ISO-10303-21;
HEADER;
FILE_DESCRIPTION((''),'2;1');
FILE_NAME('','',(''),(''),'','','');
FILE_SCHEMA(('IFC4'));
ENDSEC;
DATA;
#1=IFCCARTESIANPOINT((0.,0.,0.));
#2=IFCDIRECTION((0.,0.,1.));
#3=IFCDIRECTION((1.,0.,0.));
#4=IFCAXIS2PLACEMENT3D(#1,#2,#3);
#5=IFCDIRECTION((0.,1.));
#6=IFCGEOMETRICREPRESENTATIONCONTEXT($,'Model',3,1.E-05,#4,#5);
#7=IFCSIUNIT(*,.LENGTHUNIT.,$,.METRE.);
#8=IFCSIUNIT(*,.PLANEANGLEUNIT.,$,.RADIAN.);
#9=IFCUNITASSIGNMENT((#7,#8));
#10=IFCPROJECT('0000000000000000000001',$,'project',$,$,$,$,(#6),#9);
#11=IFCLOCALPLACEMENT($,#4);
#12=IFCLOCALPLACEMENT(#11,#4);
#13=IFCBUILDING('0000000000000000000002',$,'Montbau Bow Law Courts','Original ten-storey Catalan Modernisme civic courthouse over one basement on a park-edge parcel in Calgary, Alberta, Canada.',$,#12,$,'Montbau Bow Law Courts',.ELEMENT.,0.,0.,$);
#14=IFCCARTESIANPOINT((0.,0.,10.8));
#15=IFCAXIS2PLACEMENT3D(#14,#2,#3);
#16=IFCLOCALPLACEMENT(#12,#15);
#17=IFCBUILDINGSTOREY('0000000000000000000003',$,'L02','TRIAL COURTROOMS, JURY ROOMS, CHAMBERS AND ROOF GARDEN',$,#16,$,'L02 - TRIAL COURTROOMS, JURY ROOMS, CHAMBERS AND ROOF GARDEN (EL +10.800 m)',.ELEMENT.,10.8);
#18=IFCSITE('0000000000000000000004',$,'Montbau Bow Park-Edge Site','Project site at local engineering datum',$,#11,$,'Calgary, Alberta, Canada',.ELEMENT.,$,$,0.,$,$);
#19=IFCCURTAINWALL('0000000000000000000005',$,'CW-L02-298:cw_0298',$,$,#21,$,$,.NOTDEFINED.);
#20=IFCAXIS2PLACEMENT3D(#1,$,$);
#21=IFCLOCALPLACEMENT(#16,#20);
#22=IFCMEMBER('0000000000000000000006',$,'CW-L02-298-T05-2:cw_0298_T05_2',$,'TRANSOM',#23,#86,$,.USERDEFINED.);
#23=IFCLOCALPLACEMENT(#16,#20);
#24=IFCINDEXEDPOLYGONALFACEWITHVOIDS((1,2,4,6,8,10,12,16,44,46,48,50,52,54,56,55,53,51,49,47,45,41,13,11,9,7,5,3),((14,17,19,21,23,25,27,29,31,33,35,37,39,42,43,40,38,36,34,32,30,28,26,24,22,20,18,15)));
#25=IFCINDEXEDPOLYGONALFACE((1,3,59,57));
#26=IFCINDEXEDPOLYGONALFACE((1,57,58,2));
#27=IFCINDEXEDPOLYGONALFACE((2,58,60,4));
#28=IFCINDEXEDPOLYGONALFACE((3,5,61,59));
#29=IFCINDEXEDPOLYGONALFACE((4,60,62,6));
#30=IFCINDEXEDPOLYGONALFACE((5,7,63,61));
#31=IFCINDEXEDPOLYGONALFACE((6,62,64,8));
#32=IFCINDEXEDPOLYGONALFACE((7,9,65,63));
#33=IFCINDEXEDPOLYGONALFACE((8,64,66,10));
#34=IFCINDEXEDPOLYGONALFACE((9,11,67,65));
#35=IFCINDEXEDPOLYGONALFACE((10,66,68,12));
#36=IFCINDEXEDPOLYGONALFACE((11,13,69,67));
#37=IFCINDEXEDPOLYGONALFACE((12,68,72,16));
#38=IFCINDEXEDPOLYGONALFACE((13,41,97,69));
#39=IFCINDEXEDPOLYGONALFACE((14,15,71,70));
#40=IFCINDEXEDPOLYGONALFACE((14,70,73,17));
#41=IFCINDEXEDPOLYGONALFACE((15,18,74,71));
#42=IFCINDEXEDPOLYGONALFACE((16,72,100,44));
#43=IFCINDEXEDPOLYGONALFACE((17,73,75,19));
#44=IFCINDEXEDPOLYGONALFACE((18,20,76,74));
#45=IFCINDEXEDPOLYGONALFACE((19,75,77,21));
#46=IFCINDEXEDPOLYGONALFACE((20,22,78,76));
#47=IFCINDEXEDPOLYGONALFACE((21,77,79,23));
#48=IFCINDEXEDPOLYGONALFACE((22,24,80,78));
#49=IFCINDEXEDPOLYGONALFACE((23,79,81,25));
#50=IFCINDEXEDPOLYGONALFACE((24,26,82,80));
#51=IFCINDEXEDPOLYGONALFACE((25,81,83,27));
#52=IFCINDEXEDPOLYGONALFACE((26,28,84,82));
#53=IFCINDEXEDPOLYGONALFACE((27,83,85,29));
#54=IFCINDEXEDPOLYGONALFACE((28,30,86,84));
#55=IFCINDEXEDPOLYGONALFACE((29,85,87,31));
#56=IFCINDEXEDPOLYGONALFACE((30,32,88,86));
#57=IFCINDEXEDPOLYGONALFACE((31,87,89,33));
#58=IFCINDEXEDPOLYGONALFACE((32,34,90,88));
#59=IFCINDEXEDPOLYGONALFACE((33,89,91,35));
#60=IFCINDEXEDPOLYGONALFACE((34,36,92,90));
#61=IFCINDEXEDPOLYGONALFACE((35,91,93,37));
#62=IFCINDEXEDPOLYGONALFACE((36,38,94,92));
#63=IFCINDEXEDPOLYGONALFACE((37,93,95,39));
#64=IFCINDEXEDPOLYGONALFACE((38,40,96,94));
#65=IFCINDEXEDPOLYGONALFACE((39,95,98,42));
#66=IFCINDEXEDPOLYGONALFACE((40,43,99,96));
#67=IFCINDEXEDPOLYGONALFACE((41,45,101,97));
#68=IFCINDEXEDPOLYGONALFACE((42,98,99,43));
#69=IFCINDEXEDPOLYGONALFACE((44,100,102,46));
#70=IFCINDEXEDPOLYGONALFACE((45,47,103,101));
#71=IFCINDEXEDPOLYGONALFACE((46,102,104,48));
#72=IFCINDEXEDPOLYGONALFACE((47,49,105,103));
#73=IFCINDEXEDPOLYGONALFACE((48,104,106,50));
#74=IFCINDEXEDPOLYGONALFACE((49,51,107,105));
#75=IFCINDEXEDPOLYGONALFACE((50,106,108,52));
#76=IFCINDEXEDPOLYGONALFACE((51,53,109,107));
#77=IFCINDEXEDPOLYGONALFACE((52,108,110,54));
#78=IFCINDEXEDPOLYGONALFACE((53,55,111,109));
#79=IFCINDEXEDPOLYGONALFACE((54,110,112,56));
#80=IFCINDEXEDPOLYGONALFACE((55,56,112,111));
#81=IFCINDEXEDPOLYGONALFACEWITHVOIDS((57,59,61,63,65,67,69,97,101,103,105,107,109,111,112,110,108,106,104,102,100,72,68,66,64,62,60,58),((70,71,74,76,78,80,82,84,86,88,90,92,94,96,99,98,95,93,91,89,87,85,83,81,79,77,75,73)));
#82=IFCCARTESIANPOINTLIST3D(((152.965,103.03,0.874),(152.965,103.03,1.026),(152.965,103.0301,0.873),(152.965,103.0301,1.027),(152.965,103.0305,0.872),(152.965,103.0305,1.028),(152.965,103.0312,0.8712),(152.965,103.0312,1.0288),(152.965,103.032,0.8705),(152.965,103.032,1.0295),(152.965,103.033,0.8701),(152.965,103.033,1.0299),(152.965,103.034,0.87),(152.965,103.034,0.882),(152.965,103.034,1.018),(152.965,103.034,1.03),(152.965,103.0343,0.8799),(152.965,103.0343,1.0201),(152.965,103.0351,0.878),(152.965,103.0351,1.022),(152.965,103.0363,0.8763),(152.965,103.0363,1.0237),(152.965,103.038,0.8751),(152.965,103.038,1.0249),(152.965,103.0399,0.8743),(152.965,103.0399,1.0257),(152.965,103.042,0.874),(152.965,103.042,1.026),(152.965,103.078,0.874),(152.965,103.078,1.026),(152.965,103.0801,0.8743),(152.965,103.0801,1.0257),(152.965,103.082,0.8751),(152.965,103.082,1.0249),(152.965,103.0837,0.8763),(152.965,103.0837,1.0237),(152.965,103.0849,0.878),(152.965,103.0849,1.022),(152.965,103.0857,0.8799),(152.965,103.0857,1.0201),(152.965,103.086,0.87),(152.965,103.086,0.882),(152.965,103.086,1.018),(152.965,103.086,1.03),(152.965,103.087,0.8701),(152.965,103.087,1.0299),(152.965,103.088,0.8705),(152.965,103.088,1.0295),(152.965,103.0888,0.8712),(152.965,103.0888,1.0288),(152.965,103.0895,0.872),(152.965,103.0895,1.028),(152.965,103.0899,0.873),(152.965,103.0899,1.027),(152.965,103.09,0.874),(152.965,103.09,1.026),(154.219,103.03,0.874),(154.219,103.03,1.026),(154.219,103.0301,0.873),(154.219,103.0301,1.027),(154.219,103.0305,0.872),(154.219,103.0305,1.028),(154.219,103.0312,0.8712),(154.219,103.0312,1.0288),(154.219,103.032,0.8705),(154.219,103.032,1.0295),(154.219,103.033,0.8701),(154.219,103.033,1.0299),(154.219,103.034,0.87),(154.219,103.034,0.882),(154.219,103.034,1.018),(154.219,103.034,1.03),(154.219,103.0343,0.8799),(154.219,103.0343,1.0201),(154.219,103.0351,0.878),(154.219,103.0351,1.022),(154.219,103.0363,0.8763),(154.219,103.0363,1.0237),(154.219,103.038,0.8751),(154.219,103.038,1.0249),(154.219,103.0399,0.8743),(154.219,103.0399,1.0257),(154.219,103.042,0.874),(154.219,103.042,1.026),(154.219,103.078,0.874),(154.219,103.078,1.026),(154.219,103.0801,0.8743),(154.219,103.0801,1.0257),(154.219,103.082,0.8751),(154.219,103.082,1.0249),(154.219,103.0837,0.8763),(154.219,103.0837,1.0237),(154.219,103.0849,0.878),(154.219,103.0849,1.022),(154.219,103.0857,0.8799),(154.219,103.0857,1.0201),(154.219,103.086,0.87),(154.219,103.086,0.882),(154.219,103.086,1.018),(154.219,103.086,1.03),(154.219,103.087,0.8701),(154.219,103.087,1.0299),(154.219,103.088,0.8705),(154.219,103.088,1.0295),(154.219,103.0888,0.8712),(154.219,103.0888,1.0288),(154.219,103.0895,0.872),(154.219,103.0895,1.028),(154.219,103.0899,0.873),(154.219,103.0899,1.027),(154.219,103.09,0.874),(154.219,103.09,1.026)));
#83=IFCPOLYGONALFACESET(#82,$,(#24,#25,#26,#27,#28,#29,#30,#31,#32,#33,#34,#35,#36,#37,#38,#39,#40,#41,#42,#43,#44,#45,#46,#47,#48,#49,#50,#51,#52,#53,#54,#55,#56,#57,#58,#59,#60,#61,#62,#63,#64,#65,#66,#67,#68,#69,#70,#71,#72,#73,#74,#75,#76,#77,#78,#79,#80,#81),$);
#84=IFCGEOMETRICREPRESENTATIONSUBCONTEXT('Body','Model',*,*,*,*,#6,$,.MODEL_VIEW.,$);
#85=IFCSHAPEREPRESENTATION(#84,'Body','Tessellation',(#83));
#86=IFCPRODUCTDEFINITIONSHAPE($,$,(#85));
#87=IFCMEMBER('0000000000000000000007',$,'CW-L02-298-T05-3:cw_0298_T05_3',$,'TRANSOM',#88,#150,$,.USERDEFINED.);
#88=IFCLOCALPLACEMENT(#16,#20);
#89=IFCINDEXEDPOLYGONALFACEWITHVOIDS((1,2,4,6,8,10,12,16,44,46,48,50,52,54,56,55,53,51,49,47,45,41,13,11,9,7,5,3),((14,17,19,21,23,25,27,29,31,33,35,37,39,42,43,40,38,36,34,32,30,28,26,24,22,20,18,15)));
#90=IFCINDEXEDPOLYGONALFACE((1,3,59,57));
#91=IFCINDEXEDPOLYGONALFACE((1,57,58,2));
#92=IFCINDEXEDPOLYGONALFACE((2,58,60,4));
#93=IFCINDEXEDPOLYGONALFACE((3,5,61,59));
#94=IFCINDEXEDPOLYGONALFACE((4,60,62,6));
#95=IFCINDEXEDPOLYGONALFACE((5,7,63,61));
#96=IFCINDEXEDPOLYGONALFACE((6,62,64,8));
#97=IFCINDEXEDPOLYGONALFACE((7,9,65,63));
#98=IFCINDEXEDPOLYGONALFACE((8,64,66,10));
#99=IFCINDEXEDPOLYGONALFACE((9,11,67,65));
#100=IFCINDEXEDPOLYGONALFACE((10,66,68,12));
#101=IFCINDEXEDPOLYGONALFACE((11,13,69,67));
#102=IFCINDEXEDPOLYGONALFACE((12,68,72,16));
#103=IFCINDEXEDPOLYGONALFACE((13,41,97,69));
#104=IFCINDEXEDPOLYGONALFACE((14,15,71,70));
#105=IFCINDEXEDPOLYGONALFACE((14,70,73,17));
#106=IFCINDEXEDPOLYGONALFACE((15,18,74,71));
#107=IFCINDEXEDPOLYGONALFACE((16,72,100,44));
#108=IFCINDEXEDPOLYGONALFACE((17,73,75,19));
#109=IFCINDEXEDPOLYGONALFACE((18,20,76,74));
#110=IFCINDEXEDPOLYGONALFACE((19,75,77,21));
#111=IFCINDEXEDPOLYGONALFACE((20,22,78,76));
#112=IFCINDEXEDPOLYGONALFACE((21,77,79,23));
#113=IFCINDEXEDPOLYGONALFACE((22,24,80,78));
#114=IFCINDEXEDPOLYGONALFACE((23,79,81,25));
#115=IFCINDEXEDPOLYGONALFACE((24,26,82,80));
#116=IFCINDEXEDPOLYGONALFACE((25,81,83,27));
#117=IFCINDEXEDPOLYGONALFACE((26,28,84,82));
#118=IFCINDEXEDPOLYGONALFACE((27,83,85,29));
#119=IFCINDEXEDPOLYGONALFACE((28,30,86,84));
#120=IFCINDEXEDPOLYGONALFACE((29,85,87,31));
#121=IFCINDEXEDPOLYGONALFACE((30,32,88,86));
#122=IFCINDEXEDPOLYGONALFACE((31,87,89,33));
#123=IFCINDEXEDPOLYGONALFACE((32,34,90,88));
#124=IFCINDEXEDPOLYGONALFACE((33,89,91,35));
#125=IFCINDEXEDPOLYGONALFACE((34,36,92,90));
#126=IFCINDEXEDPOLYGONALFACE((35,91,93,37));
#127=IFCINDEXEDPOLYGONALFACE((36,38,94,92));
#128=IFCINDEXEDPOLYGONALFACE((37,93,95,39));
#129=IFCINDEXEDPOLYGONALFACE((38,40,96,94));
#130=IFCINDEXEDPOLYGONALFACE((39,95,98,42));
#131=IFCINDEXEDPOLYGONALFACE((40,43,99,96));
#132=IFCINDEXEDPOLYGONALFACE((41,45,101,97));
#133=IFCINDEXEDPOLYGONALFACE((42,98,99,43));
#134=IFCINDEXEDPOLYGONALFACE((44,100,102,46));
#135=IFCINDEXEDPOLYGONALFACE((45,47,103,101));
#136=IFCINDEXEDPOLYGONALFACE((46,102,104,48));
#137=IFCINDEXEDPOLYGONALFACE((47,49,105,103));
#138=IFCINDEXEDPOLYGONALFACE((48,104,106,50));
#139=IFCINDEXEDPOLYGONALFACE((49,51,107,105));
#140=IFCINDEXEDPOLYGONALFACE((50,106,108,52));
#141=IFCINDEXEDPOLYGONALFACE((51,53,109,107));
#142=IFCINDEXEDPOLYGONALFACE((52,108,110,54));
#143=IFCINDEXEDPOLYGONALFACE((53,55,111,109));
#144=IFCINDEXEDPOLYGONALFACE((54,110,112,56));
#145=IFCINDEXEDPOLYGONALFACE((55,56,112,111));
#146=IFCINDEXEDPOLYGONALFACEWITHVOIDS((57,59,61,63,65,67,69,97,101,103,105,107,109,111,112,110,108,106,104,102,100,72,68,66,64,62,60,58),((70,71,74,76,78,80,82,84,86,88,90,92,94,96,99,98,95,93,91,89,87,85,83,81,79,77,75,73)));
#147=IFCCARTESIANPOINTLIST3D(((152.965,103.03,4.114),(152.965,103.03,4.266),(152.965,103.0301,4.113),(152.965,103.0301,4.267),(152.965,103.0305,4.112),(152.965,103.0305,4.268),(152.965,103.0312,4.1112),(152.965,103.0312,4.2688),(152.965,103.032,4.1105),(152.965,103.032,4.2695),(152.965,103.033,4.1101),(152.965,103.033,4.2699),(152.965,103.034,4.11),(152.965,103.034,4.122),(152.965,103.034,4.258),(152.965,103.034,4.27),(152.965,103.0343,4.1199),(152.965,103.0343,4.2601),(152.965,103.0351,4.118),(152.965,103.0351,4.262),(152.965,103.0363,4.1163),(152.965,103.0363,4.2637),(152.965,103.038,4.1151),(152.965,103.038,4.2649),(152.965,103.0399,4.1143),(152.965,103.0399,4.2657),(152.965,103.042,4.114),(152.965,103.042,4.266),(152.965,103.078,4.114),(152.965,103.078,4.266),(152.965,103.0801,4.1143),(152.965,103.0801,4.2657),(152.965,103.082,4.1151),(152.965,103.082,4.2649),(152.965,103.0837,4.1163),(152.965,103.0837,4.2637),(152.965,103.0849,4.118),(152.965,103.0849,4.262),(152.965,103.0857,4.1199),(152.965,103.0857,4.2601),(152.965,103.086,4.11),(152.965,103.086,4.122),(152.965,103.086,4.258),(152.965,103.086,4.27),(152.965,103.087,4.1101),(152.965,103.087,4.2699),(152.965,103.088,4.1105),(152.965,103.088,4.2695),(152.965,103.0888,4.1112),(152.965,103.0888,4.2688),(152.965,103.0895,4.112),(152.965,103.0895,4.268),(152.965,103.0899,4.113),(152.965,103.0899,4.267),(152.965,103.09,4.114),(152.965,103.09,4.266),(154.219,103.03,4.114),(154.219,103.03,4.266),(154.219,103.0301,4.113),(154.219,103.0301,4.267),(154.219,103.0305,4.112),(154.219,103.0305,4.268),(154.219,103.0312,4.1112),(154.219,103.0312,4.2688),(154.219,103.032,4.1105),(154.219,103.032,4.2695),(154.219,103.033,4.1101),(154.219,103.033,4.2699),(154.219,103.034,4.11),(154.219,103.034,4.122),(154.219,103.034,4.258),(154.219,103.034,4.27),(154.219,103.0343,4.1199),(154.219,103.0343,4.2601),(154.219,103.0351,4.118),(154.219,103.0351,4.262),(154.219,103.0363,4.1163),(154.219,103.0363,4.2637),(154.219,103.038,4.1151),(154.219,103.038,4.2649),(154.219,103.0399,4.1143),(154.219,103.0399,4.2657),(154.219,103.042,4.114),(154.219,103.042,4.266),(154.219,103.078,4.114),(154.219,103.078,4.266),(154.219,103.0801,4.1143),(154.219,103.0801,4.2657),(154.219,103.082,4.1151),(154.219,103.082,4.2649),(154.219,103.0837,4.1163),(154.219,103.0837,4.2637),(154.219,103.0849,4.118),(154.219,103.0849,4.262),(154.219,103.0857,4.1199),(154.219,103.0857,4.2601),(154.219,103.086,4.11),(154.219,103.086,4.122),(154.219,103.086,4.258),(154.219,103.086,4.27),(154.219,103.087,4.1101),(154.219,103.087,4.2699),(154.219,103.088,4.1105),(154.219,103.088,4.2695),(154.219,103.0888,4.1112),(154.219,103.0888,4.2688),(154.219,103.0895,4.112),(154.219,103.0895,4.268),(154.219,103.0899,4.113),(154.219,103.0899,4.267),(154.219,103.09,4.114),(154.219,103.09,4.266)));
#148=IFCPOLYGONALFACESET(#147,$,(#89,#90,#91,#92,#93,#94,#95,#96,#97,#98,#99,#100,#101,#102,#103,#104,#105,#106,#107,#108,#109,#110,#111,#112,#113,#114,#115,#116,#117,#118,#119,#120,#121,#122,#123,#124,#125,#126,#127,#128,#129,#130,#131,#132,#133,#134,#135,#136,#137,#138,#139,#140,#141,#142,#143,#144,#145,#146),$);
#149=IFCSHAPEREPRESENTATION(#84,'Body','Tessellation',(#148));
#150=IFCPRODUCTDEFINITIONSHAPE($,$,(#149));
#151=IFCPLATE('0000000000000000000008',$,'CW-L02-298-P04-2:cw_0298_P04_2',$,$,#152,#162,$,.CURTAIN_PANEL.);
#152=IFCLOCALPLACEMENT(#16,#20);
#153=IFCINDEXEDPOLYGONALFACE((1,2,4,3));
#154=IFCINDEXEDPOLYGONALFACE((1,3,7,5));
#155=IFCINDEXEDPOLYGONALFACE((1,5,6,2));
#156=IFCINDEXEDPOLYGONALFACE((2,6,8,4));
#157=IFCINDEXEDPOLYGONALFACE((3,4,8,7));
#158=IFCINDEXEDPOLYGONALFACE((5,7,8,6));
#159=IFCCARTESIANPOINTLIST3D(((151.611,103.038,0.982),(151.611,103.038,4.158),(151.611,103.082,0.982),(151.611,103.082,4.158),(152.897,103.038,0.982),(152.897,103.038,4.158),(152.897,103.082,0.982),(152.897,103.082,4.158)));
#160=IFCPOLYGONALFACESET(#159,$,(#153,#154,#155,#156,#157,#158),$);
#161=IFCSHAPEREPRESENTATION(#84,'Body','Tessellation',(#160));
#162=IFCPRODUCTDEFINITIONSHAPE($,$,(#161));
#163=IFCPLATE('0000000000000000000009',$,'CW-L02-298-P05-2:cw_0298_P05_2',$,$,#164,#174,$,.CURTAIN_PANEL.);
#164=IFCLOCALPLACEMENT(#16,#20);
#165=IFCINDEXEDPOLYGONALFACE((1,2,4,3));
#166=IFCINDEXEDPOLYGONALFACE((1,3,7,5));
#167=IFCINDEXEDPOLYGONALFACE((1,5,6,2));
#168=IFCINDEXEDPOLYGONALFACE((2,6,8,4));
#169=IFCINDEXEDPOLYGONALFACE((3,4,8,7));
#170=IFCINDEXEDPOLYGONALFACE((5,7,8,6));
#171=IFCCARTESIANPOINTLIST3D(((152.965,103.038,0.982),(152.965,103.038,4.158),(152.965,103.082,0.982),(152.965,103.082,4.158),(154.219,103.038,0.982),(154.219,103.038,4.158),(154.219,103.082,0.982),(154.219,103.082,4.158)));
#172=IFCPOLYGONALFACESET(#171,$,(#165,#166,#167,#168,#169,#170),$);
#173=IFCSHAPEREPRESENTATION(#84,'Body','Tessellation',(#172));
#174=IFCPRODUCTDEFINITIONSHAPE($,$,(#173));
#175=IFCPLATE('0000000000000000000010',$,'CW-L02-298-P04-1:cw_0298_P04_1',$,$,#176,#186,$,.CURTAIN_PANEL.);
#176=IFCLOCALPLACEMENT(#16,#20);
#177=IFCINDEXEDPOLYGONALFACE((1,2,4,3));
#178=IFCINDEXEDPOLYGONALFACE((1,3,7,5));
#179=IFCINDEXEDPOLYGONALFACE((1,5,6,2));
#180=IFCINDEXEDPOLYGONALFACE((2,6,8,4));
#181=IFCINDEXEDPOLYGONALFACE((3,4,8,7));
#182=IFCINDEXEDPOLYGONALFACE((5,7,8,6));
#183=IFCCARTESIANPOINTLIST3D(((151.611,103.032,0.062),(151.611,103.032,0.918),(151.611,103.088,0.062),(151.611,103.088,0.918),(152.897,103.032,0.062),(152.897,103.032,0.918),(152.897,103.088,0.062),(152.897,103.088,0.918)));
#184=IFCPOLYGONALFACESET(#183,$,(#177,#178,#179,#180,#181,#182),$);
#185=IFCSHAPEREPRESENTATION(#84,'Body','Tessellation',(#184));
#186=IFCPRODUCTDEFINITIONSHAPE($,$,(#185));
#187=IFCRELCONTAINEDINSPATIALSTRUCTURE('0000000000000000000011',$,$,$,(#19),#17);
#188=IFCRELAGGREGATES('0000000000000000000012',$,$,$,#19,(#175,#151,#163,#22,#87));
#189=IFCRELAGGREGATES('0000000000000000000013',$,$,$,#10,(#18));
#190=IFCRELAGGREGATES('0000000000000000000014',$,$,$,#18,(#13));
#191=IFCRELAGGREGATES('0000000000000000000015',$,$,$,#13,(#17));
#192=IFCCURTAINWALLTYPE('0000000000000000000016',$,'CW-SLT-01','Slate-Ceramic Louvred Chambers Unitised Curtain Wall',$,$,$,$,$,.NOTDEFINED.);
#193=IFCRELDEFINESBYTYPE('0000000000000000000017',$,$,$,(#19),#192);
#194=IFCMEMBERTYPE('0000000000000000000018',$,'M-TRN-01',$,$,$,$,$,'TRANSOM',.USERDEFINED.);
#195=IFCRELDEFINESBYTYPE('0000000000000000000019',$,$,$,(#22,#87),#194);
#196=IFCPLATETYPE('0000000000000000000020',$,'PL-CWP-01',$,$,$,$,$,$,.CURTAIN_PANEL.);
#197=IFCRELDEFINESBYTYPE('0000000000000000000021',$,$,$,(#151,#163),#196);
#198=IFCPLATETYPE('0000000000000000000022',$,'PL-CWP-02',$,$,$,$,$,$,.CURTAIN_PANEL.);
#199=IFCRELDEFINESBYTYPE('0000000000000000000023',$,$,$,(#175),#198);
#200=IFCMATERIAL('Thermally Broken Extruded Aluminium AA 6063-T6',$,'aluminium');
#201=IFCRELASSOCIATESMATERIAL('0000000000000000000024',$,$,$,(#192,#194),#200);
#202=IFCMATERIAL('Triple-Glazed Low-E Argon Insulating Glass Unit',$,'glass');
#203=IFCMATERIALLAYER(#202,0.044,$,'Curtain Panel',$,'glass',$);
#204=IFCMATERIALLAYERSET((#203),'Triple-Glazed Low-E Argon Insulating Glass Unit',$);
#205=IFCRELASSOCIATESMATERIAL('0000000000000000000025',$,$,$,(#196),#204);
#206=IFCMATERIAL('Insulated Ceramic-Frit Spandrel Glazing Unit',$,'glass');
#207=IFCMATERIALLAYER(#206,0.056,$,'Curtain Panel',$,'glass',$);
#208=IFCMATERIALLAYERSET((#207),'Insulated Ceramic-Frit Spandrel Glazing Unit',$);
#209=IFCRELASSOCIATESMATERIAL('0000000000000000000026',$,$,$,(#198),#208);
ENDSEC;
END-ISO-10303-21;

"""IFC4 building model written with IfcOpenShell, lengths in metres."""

from ifc_helpers import new_model, si_unit, direction, frame, frame_2d, origin_with_axes, origin_2d_with_axis, place, context, subcontext, project, spatial, rectangle, hollow_rectangle, extrude, material, layer, layer_set, material_profile, profile_set, type_object, element, aggregate, save


model = new_model("IFC4")

# Units and contexts
model_context = context("Model", 3, precision=1e-05, world=origin_with_axes(), true_north=direction((0.0, 1.0)))
body_context = subcontext(model_context, "Body", "Model", "MODEL_VIEW")
ifc_project = project(units=[si_unit("LENGTHUNIT", "METRE"), si_unit("PLANEANGLEUNIT", "RADIAN")], contexts=[model_context])

# Site, building, storey
site_placement = place(None, origin_with_axes())
site = spatial("IfcSite", under=ifc_project, at=site_placement, Name="Montbau Bow Park-Edge Site", Description="Project site at local engineering datum", LongName="Calgary, Alberta, Canada", CompositionType="ELEMENT", RefElevation=0.0)
building_placement = place(site_placement, origin_with_axes())
building = spatial("IfcBuilding", under=site, at=building_placement, Name="Montbau Bow Law Courts", Description="Original ten-storey Catalan Modernisme civic courthouse over one basement on a park-edge parcel in Calgary, Alberta, Canada.", LongName="Montbau Bow Law Courts", CompositionType="ELEMENT", ElevationOfRefHeight=0.0, ElevationOfTerrain=0.0)
storey_placement = place(building_placement, frame((0.0, 0.0, 10.8), z_axis=(0.0, 0.0, 1.0), x_axis=(1.0, 0.0, 0.0)))
storey = spatial("IfcBuildingStorey", under=building, at=storey_placement, Name="L02", Description="TRIAL COURTROOMS, JURY ROOMS, CHAMBERS AND ROOF GARDEN", LongName="L02 - TRIAL COURTROOMS, JURY ROOMS, CHAMBERS AND ROOF GARDEN (EL +10.800 m)", CompositionType="ELEMENT", Elevation=10.8)

# Curtain wall, members, plates
ifc_material_1 = material(Name="Thermally Broken Extruded Aluminium AA 6063-T6", Category="aluminium")
curtain_wall_type = type_object("IfcCurtainWallType", Name="CW-SLT-01", Description="Slate-Ceramic Louvred Chambers Unitised Curtain Wall", PredefinedType="NOTDEFINED", material=ifc_material_1)
curtain_wall_placement = place(None, frame((147.515, 103.06, 10.8), z_axis=(0.0, 0.0, 1.0), x_axis=(1.0, 0.0, 0.0)))
curtain_wall = element("IfcCurtainWall", 1, at=curtain_wall_placement, inside=storey, type_object=curtain_wall_type, Name="CW-L02-298:cw_0298", PredefinedType="NOTDEFINED")
ifc_material_profile_1 = material_profile(ifc_material_1, hollow_rectangle(XDim=0.06, YDim=0.16, WallThickness=0.004, InnerFilletRadius=0.008, OuterFilletRadius=0.004, at=origin_2d_with_axis()), Name="CWT-160X60", Category="Main", Priority=0)
ifc_profile_set_1 = profile_set([ifc_material_profile_1], Name="Thermally Broken Extruded Aluminium AA 6063-T6")
member_type_1 = type_object("IfcMemberType", Name="M-TRN-01", ElementType="TRANSOM", PredefinedType="USERDEFINED", material=ifc_profile_set_1)
member_1_placement = place(None, frame((152.965, 103.06, 11.75), z_axis=(1.0, 0.0, 0.0), x_axis=(0.0, 1.0, 0.0)))
member_1 = element("IfcMember", 2, at=member_1_placement, type_object=member_type_1, Name="CW-L02-298-T05-2:cw_0298_T05_2", ObjectType="TRANSOM", PredefinedType="USERDEFINED", context=body_context, shape_type="SweptSolid", body=[
    extrude(hollow_rectangle(XDim=0.06, YDim=0.16, WallThickness=0.004, InnerFilletRadius=0.008, OuterFilletRadius=0.004, at=origin_2d_with_axis()), origin_with_axes(), (0.0, 0.0, 1.0), 1.254),
])
member_2_placement = place(None, frame((152.965, 103.06, 14.99), z_axis=(1.0, 0.0, 0.0), x_axis=(0.0, 1.0, 0.0)))
member_2 = element("IfcMember", 3, at=member_2_placement, type_object=member_type_1, Name="CW-L02-298-T05-3:cw_0298_T05_3", ObjectType="TRANSOM", PredefinedType="USERDEFINED", context=body_context, shape_type="SweptSolid", body=[
    extrude(hollow_rectangle(XDim=0.06, YDim=0.16, WallThickness=0.004, InnerFilletRadius=0.008, OuterFilletRadius=0.004, at=origin_2d_with_axis()), origin_with_axes(), (0.0, 0.0, 1.0), 1.254),
])
ifc_material_2 = material(Name="Triple-Glazed Low-E Argon Insulating Glass Unit", Category="glass")
ifc_layer_1 = layer(ifc_material_2, 0.044, Name="Curtain Panel", Category="glass")
ifc_layer_set_1 = layer_set([ifc_layer_1], Name="Triple-Glazed Low-E Argon Insulating Glass Unit")
plate_type_1 = type_object("IfcPlateType", Name="PL-CWP-01", PredefinedType="CURTAIN_PANEL", material=ifc_layer_set_1)
plate_1_placement = place(None, frame((151.611, 103.06, 11.782), z_axis=(0.0, -1.0, 0.0), x_axis=(1.0, 0.0, 0.0)))
plate_1 = element("IfcPlate", 4, at=plate_1_placement, type_object=plate_type_1, Name="CW-L02-298-P04-2:cw_0298_P04_2", PredefinedType="CURTAIN_PANEL", context=body_context, shape_type="SweptSolid", body=[
    extrude(rectangle(XDim=1.286, YDim=3.176, at=frame_2d((0.643, 1.588), x_axis=(1.0, 0.0))), frame((0.0, 0.0, -0.022), z_axis=(0.0, 0.0, 1.0), x_axis=(1.0, 0.0, 0.0)), (0.0, 0.0, 1.0), 0.044),
])
plate_2_placement = place(None, frame((152.965, 103.06, 11.782), z_axis=(0.0, -1.0, 0.0), x_axis=(1.0, 0.0, 0.0)))
plate_2 = element("IfcPlate", 5, at=plate_2_placement, type_object=plate_type_1, Name="CW-L02-298-P05-2:cw_0298_P05_2", PredefinedType="CURTAIN_PANEL", context=body_context, shape_type="SweptSolid", body=[
    extrude(rectangle(XDim=1.254, YDim=3.176, at=frame_2d((0.627, 1.588), x_axis=(1.0, 0.0))), frame((0.0, 0.0, -0.022), z_axis=(0.0, 0.0, 1.0), x_axis=(1.0, 0.0, 0.0)), (0.0, 0.0, 1.0), 0.044),
])
ifc_material_3 = material(Name="Insulated Ceramic-Frit Spandrel Glazing Unit", Category="glass")
ifc_layer_2 = layer(ifc_material_3, 0.056, Name="Curtain Panel", Category="glass")
ifc_layer_set_2 = layer_set([ifc_layer_2], Name="Insulated Ceramic-Frit Spandrel Glazing Unit")
plate_type_2 = type_object("IfcPlateType", Name="PL-CWP-02", PredefinedType="CURTAIN_PANEL", material=ifc_layer_set_2)
plate_3_placement = place(None, frame((151.611, 103.06, 10.862), z_axis=(0.0, -1.0, 0.0), x_axis=(1.0, 0.0, 0.0)))
plate_3 = element("IfcPlate", 6, at=plate_3_placement, type_object=plate_type_2, Name="CW-L02-298-P04-1:cw_0298_P04_1", PredefinedType="CURTAIN_PANEL", context=body_context, shape_type="SweptSolid", body=[
    extrude(rectangle(XDim=1.286, YDim=0.856, at=frame_2d((0.643, 0.428), x_axis=(1.0, 0.0))), frame((0.0, 0.0, -0.028), z_axis=(0.0, 0.0, 1.0), x_axis=(1.0, 0.0, 0.0)), (0.0, 0.0, 1.0), 0.056),
])
aggregate(curtain_wall, [plate_3, plate_1, plate_2, member_1, member_2])

save(model, "model.ifc")
